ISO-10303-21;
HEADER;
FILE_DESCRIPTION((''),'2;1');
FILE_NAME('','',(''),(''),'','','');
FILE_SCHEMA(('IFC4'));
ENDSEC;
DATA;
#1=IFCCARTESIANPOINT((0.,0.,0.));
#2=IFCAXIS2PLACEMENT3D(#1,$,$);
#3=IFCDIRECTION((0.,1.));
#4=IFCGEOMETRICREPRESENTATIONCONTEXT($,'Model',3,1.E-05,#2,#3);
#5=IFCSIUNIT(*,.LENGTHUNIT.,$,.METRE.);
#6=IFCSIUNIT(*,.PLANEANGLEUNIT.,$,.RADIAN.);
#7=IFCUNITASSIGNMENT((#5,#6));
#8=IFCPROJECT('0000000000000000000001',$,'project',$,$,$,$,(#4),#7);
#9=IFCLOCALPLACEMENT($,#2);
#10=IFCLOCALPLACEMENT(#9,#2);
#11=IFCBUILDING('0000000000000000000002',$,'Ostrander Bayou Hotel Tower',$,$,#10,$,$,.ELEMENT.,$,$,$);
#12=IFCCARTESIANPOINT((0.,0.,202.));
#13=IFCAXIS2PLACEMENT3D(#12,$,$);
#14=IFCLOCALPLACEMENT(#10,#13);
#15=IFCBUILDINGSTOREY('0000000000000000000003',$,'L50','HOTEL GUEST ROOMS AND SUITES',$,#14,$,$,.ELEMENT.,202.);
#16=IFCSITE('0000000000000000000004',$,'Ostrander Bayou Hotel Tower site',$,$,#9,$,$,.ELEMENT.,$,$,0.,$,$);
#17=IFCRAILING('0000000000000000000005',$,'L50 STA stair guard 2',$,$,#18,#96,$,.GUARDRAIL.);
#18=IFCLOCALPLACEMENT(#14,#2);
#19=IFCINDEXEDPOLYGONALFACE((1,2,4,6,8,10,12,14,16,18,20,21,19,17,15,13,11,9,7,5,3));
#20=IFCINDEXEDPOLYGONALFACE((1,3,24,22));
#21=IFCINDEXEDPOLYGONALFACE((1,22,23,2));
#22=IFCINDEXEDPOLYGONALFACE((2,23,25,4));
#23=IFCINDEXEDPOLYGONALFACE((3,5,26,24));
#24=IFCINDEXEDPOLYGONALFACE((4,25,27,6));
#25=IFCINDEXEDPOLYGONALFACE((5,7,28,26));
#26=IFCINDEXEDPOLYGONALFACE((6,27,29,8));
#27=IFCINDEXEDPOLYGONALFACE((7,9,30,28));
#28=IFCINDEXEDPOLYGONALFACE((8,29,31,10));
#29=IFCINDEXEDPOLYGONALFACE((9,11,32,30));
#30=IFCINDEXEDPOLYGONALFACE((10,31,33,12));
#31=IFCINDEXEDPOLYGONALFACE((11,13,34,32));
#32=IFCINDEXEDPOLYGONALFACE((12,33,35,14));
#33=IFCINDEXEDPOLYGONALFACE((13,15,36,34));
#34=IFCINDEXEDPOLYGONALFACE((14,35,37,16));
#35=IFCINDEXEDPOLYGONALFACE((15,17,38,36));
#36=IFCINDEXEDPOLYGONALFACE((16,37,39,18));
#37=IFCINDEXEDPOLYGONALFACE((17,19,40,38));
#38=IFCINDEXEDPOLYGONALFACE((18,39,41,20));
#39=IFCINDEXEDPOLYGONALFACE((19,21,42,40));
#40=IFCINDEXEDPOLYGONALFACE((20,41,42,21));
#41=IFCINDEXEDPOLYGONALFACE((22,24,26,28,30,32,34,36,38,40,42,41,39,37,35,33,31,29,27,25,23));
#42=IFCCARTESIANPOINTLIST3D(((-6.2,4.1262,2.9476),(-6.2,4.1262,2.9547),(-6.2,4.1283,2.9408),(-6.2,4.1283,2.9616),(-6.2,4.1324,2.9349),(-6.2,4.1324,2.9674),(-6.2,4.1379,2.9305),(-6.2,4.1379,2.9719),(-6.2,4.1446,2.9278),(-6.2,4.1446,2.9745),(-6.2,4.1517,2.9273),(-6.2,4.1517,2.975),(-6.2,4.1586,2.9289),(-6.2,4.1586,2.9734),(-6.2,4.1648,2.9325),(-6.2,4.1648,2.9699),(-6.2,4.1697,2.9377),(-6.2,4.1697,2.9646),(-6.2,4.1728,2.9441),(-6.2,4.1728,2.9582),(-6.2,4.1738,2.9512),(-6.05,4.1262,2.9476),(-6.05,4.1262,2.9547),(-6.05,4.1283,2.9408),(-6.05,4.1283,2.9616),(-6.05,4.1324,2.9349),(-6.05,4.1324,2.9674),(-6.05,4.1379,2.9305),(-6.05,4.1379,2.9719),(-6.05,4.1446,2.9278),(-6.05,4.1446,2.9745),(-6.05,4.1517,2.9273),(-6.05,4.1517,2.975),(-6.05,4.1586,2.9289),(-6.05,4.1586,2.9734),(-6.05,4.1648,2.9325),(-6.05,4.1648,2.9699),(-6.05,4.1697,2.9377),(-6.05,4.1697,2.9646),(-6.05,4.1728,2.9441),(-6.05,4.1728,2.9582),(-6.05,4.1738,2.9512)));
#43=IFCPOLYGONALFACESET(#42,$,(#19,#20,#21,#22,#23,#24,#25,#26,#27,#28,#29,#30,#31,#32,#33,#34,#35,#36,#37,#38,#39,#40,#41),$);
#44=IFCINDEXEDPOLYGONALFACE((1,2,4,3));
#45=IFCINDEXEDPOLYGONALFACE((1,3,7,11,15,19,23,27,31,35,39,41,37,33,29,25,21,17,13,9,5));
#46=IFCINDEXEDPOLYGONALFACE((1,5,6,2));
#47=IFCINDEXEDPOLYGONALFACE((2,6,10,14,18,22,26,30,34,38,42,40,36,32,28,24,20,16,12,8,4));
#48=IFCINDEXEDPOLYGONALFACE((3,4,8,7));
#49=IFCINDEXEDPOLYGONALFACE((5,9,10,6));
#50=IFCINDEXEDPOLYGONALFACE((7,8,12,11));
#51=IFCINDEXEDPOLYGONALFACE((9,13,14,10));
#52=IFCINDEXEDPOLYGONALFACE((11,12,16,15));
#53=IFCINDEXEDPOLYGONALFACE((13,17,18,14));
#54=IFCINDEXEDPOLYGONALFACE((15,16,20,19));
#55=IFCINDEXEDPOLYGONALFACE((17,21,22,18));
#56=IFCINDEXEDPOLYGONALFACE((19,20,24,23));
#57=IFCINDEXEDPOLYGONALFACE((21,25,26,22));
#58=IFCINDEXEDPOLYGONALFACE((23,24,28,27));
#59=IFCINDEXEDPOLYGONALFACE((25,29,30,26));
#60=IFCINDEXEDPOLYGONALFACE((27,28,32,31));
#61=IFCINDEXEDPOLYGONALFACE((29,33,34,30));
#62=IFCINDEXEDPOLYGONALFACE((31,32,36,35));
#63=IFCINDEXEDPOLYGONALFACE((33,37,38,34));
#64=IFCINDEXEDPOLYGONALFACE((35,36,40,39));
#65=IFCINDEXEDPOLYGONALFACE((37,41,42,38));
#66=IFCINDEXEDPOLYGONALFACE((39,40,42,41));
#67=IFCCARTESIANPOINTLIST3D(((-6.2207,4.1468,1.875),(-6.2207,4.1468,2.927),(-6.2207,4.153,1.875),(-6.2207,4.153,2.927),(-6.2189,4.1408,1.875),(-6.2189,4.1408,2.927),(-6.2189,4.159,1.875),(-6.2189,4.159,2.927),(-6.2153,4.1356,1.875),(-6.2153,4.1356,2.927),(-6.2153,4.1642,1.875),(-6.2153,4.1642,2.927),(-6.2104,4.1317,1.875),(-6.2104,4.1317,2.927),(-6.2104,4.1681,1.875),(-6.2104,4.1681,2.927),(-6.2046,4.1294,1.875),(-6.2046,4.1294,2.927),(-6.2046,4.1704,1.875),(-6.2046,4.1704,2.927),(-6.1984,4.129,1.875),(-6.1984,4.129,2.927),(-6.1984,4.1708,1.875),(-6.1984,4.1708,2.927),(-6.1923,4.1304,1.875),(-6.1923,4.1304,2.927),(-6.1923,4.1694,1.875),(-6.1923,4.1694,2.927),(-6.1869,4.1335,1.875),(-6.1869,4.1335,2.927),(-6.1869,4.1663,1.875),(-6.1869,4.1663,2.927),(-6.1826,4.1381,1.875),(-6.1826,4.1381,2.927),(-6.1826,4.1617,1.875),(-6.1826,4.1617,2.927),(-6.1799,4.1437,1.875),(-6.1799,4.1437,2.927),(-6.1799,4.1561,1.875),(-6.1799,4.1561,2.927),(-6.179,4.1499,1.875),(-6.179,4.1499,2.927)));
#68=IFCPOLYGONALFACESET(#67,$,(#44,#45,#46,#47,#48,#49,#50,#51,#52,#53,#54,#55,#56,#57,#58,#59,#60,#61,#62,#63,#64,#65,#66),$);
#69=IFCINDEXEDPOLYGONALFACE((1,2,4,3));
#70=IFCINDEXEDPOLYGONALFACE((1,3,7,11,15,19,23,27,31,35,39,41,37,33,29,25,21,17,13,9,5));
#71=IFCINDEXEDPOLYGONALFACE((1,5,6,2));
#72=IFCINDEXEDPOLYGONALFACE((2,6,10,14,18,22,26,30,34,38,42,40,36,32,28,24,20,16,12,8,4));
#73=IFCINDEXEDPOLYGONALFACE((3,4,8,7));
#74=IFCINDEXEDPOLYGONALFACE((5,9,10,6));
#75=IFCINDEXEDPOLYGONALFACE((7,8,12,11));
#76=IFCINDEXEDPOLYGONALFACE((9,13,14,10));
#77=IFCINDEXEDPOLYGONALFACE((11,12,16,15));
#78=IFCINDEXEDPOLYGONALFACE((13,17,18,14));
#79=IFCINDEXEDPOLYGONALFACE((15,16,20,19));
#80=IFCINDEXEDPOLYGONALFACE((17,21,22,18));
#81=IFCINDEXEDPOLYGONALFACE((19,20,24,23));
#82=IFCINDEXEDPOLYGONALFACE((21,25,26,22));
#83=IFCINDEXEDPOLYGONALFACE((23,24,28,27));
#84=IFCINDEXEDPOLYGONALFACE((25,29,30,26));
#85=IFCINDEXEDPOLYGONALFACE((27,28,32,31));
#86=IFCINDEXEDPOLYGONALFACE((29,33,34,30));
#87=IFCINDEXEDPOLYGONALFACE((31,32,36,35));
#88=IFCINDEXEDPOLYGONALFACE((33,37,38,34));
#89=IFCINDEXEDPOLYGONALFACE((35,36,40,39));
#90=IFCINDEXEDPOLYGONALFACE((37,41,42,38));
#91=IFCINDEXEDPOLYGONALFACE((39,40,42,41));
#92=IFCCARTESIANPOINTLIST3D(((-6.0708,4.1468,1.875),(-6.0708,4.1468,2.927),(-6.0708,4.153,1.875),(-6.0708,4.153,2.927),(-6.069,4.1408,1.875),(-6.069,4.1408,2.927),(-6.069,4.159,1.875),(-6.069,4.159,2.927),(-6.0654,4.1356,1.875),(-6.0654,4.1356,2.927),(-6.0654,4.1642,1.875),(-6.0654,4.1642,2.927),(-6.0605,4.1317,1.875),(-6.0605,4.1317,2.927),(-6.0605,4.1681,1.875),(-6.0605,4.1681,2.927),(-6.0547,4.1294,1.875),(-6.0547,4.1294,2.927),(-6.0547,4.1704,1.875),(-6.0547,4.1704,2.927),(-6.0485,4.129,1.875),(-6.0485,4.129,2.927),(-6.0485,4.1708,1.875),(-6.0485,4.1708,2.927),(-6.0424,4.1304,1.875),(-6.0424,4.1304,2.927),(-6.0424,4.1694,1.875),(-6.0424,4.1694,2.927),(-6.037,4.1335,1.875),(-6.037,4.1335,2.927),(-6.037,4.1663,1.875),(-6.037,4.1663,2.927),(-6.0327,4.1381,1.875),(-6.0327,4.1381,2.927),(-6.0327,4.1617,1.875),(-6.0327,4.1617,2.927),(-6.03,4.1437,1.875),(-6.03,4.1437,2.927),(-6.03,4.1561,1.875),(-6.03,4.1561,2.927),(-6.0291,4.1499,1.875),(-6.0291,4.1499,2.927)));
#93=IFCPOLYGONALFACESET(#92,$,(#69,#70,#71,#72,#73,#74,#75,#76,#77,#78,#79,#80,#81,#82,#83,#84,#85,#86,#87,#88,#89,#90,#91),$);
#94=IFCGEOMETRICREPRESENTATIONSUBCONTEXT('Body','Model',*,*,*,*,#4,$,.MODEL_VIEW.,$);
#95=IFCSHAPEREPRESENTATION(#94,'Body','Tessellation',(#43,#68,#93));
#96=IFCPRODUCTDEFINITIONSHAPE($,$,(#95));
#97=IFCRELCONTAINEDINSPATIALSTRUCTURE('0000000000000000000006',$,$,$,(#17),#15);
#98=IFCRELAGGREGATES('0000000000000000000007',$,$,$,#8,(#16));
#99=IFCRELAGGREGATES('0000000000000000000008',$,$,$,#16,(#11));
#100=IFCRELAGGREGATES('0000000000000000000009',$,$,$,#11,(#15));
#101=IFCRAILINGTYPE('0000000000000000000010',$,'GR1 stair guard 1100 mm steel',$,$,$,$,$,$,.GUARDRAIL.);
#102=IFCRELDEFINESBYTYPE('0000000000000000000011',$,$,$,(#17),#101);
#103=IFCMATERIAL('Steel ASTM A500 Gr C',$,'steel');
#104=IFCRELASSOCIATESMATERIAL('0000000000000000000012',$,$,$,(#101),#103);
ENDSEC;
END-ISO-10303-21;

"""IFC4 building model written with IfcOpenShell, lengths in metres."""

from ifc_helpers import new_model, si_unit, direction, frame, origin, origin_2d, place, context, subcontext, project, spatial, circle, extrude, material, type_object, element, save


model = new_model("IFC4")

# Units and contexts
model_context = context("Model", 3, precision=1e-05, world=origin(), true_north=direction((0.0, 1.0)))
body_context = subcontext(model_context, "Body", "Model", "MODEL_VIEW")
ifc_project = project(units=[si_unit("LENGTHUNIT", "METRE"), si_unit("PLANEANGLEUNIT", "RADIAN")], contexts=[model_context])

# Site, building, storey
site_placement = place(None, origin())
site = spatial("IfcSite", under=ifc_project, at=site_placement, Name="Ostrander Bayou Hotel Tower site", CompositionType="ELEMENT", RefElevation=0.0)
building_placement = place(site_placement, origin())
building = spatial("IfcBuilding", under=site, at=building_placement, Name="Ostrander Bayou Hotel Tower", CompositionType="ELEMENT")
storey_placement = place(building_placement, frame((0.0, 0.0, 202.0)))
storey = spatial("IfcBuildingStorey", under=building, at=storey_placement, Name="L50", Description="HOTEL GUEST ROOMS AND SUITES", CompositionType="ELEMENT", Elevation=202.0)

# Railing
ifc_material_1 = material(Name="Steel ASTM A500 Gr C", Category="steel")
railing_type_1 = type_object("IfcRailingType", Name="GR1 stair guard 1100 mm steel", PredefinedType="GUARDRAIL", material=ifc_material_1)
railing_1_placement = place(storey_placement, frame((-6.2, 4.1499, 1.875)))
element("IfcRailing", 1, at=railing_1_placement, inside=storey, type_object=railing_type_1, Name="L50 STA stair guard 2", PredefinedType="GUARDRAIL", context=body_context, shape_type="SweptSolid", body=[
    extrude(circle(Radius=0.0239, at=origin_2d()), frame((0.0, 0.0, 1.0762), z_axis=(1.0, 0.0, 0.0), x_axis=(0.0, 1.0, 0.0)), (0.0, 0.0, 1.0), 0.1499),
    extrude(circle(Radius=0.021, at=origin_2d()), origin(), (0.0, 0.0, 1.0), 1.052),
    extrude(circle(Radius=0.021, at=origin_2d()), frame((0.1499, 0.0, 0.0)), (0.0, 0.0, 1.0), 1.052),
])

save(model, "model.ifc")
